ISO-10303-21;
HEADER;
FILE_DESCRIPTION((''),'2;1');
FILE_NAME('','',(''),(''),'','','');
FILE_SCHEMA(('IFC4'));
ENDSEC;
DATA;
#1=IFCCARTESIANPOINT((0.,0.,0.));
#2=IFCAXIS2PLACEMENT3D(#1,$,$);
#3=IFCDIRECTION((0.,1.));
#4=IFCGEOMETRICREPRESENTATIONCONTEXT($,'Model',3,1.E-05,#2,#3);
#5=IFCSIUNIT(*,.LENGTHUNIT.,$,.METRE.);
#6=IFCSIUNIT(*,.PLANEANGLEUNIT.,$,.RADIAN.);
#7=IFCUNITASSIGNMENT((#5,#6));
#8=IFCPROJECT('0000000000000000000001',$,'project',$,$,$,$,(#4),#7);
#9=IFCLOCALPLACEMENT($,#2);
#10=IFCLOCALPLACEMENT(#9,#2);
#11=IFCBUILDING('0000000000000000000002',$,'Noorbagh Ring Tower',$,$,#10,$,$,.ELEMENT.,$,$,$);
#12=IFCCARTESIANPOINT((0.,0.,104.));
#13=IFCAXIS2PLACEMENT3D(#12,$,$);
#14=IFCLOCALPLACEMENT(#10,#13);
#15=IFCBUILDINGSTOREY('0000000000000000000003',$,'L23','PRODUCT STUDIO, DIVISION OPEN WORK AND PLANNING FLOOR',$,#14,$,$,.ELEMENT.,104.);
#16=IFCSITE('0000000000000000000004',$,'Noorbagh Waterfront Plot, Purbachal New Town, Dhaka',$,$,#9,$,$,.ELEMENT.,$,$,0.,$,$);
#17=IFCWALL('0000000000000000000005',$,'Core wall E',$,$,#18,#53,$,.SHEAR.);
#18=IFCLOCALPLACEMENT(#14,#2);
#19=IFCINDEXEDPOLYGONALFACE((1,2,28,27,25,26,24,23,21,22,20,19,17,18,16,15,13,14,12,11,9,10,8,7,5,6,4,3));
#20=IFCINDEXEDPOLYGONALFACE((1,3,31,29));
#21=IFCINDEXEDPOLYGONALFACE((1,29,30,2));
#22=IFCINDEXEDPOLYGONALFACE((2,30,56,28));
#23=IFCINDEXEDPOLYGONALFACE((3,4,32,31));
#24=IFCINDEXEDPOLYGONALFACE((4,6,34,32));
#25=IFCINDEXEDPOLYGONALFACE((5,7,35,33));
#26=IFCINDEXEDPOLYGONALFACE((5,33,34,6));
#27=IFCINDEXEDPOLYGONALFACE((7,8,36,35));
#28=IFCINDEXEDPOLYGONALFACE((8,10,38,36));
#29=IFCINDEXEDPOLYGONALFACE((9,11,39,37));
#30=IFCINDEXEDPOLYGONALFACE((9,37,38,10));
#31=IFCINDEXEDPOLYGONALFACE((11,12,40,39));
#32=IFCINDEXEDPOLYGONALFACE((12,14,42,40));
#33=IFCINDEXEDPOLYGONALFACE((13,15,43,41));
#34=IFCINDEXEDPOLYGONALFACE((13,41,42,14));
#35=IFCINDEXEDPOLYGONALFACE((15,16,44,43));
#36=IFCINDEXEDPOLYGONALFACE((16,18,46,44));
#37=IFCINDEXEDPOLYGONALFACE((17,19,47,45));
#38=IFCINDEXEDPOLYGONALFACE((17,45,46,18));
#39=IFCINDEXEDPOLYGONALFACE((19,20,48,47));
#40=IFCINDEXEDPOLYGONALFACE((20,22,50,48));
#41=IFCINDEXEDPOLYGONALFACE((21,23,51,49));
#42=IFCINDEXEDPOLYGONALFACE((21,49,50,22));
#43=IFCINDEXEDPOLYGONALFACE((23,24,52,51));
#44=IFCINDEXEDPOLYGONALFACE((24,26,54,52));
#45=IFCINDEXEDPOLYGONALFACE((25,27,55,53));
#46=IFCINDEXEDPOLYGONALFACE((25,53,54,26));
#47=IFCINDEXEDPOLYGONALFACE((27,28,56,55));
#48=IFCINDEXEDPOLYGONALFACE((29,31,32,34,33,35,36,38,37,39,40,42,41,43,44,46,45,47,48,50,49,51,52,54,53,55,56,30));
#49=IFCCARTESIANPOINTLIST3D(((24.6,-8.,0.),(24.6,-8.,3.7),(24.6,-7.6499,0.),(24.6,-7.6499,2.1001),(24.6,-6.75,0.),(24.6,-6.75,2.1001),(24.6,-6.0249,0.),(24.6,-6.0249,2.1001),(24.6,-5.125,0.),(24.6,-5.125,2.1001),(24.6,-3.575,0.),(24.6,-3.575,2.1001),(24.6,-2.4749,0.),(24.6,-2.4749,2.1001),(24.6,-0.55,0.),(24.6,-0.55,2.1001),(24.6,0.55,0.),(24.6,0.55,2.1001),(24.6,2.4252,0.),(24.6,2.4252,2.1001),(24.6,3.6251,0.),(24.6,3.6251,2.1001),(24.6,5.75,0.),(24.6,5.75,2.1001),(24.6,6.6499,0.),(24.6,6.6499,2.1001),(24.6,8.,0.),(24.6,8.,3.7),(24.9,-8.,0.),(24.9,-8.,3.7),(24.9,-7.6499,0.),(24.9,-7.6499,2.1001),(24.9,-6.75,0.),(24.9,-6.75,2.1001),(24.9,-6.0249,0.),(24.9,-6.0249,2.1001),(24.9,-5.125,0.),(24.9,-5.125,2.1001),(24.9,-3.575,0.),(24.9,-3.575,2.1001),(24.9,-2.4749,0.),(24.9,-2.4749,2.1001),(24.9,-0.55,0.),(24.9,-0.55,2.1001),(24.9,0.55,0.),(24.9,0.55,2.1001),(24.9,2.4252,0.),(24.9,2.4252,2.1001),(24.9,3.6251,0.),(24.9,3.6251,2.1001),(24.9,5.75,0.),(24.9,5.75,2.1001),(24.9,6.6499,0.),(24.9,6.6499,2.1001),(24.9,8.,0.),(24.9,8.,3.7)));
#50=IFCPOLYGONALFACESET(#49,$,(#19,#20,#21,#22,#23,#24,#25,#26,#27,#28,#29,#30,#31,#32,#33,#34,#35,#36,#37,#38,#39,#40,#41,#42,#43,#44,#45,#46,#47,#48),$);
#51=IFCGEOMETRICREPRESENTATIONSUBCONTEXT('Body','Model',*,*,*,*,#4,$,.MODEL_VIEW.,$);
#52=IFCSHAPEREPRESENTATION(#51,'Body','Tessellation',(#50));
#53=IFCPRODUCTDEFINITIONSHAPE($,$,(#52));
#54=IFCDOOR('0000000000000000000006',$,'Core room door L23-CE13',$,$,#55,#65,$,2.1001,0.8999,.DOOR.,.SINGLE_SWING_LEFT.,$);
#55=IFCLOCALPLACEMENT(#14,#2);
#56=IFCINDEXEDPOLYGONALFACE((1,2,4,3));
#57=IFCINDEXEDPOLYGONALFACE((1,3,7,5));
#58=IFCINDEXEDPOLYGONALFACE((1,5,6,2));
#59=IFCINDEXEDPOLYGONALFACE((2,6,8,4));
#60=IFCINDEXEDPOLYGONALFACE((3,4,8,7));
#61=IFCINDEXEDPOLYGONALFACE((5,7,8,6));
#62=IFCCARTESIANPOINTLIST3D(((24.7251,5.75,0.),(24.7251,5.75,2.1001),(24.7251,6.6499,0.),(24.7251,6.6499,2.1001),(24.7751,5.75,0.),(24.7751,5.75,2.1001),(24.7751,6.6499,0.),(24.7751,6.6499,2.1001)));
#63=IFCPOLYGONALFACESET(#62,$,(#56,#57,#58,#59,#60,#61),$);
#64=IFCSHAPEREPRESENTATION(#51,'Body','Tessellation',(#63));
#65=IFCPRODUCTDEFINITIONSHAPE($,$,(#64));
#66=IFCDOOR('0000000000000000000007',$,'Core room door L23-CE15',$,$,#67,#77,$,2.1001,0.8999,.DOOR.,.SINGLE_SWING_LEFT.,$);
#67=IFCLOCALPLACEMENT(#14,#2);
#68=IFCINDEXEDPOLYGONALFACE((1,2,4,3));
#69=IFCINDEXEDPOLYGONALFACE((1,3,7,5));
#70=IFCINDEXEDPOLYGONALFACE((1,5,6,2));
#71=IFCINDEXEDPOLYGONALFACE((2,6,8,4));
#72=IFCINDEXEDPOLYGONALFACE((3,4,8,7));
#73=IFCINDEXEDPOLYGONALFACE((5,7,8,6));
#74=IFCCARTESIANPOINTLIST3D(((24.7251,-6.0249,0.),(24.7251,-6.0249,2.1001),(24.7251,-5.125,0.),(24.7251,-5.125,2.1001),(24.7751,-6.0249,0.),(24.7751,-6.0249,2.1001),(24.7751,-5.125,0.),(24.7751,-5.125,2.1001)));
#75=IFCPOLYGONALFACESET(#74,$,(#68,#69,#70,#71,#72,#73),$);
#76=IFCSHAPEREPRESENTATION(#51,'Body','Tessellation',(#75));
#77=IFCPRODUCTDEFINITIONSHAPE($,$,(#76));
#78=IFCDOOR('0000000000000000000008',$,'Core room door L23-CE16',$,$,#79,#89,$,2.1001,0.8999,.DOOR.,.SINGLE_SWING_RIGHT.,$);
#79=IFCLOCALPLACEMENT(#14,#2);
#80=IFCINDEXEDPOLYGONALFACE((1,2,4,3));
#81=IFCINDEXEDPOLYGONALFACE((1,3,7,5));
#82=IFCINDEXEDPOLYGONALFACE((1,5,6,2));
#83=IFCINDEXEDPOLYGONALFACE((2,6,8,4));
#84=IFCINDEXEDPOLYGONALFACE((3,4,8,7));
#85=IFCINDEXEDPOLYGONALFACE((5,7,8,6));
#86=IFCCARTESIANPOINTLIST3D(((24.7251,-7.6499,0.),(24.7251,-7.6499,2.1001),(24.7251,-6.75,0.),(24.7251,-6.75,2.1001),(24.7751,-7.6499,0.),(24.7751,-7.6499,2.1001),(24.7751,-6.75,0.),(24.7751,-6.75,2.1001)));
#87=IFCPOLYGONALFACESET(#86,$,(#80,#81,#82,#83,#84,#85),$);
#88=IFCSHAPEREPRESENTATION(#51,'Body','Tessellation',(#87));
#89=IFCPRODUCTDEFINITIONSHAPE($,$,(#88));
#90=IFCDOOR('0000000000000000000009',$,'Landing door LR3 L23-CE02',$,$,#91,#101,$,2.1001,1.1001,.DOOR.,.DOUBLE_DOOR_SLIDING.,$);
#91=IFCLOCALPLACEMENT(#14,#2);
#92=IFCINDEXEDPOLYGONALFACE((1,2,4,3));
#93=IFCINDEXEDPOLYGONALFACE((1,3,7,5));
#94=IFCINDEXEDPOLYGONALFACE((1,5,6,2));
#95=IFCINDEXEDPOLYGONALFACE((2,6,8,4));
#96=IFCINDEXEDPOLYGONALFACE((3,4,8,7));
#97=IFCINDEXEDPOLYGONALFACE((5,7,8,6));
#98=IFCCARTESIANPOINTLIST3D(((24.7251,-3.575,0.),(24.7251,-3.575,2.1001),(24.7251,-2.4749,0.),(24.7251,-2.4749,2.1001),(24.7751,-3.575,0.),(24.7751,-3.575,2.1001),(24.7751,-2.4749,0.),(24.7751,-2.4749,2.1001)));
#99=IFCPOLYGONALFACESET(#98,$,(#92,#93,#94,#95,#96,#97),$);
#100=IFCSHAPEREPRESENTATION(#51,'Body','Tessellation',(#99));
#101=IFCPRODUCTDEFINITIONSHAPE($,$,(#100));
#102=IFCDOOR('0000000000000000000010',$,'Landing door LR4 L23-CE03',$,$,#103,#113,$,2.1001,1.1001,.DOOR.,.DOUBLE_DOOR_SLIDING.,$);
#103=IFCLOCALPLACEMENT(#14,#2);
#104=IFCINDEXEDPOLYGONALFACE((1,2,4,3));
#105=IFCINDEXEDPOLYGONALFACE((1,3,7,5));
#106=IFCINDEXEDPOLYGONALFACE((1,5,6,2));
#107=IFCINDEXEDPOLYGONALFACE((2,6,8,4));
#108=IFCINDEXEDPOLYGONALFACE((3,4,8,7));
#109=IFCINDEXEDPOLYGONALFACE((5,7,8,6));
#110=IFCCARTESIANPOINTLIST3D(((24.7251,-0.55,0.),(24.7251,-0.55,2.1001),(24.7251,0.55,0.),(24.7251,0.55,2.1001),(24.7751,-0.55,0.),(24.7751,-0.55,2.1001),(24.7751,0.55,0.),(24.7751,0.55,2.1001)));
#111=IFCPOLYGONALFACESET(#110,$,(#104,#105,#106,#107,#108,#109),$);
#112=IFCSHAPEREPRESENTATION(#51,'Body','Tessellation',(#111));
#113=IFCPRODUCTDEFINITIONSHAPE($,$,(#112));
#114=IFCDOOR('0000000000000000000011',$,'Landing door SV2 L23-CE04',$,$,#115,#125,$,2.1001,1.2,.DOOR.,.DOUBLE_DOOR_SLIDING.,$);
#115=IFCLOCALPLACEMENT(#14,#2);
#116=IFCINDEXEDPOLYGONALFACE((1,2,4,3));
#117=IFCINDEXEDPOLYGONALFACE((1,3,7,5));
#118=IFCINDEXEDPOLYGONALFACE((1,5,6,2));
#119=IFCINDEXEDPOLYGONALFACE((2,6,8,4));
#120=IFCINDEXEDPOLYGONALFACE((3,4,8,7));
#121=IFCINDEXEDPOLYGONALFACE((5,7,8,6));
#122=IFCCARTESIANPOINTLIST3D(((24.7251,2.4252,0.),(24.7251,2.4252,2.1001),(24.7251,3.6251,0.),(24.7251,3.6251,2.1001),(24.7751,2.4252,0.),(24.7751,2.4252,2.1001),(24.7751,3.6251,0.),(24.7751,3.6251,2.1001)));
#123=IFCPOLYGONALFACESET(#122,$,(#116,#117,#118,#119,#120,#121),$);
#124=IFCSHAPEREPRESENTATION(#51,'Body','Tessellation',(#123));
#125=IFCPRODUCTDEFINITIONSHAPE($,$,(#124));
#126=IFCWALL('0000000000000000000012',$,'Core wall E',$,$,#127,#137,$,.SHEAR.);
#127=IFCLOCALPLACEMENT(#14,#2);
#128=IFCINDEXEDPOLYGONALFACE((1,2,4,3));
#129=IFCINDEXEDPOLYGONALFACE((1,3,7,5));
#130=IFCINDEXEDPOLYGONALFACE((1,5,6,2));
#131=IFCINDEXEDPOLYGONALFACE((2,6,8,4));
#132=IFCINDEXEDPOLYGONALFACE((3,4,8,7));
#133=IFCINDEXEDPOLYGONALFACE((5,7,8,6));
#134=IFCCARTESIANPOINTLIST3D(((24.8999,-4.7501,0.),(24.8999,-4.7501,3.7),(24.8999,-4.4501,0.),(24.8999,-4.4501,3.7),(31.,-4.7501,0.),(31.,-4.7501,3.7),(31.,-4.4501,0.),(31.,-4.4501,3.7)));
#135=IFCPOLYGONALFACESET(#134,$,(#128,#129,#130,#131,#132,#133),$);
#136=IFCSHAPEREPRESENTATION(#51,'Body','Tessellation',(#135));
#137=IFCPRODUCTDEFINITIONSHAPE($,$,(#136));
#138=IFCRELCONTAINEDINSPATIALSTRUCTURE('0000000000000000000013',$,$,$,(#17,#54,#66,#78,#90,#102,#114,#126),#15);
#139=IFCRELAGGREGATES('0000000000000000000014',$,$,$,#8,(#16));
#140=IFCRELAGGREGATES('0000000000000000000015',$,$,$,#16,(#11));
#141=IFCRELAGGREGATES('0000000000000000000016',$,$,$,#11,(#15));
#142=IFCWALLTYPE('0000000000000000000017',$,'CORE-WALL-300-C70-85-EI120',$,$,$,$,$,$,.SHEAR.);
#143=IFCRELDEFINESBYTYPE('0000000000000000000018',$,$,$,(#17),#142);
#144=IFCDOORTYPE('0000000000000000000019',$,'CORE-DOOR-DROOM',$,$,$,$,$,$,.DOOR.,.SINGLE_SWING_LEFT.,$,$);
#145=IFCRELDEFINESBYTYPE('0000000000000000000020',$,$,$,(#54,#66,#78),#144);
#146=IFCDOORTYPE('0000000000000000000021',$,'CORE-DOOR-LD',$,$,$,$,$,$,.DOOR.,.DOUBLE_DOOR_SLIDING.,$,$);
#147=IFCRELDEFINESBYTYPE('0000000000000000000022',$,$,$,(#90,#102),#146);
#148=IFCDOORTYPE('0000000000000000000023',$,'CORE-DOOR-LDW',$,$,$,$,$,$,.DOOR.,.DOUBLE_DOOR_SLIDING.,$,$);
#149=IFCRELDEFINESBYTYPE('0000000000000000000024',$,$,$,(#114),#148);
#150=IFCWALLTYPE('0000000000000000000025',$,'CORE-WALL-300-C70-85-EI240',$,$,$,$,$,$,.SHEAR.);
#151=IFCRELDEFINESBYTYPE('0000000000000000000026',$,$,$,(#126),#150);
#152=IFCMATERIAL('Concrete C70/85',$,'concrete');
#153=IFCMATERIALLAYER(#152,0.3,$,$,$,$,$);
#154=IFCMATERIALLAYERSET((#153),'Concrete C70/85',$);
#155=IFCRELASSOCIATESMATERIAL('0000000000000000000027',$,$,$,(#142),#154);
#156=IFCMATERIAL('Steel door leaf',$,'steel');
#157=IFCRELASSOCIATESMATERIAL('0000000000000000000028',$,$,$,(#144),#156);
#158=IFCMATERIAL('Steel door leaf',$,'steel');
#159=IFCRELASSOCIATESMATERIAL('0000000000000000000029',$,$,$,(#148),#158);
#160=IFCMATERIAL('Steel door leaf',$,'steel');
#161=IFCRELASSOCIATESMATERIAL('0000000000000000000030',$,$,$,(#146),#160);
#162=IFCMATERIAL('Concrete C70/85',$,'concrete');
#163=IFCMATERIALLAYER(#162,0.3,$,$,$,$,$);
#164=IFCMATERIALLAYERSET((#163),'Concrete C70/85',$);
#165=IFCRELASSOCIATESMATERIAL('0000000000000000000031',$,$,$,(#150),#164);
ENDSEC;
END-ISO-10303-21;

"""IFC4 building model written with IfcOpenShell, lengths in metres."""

from ifc_helpers import new_model, si_unit, direction, frame, frame_2d, origin, place, context, subcontext, project, spatial, rectangle, extrude, material, layer, layer_set, type_object, element, fill, save


model = new_model("IFC4")

# Units and contexts
model_context = context("Model", 3, precision=1e-05, world=origin(), true_north=direction((0.0, 1.0)))
body_context = subcontext(model_context, "Body", "Model", "MODEL_VIEW")
ifc_project = project(units=[si_unit("LENGTHUNIT", "METRE"), si_unit("PLANEANGLEUNIT", "RADIAN")], contexts=[model_context])

# Site, building, storey
site_placement = place(None, origin())
site = spatial("IfcSite", under=ifc_project, at=site_placement, Name="Noorbagh Waterfront Plot, Purbachal New Town, Dhaka", CompositionType="ELEMENT", RefElevation=0.0)
building_placement = place(site_placement, origin())
building = spatial("IfcBuilding", under=site, at=building_placement, Name="Noorbagh Ring Tower", CompositionType="ELEMENT")
storey_placement = place(building_placement, frame((0.0, 0.0, 104.0)))
storey = spatial("IfcBuildingStorey", under=building, at=storey_placement, Name="L23", Description="PRODUCT STUDIO, DIVISION OPEN WORK AND PLANNING FLOOR", CompositionType="ELEMENT", Elevation=104.0)

# Shared definitions
ifc_material_1 = material(Name="Concrete C70/85", Category="concrete")
ifc_layer_1 = layer(ifc_material_1, 0.3)
ifc_layer_set_1 = layer_set([ifc_layer_1], Name="Concrete C70/85")
wall_type_1 = type_object("IfcWallType", Name="CORE-WALL-300-C70-85-EI120", PredefinedType="SHEAR", material=ifc_layer_set_1)

# Wall, openings, doors
ifc_material_2 = material(Name="Steel door leaf", Category="steel")
door_type_1 = type_object("IfcDoorType", Name="CORE-DOOR-DROOM", OperationType="SINGLE_SWING_LEFT", PredefinedType="DOOR", material=ifc_material_2)
ifc_material_3 = material(Name="Steel door leaf", Category="steel")
door_type_2 = type_object("IfcDoorType", Name="CORE-DOOR-LDW", OperationType="DOUBLE_DOOR_SLIDING", PredefinedType="DOOR", material=ifc_material_3)
wall_1_placement = place(storey_placement, frame((24.75, -8.0, 0.0), z_axis=(0.0, 0.0, 1.0), x_axis=(0.0, 1.0, 0.0)))
wall_1 = element("IfcWall", 1, at=wall_1_placement, inside=storey, type_object=wall_type_1, Name="Core wall E", PredefinedType="SHEAR", context=body_context, shape_type="SweptSolid", body=[
    extrude(rectangle(XDim=16.0, YDim=0.3, at=frame_2d((8.0, 0.0))), origin(), (0.0, 0.0, 1.0), 3.7),
])
opening_1_placement = place(wall_1_placement, frame((4.425, 0.0, 0.0)))
opening_1 = element("IfcOpeningElement", 2, at=opening_1_placement, cuts=wall_1, PredefinedType="OPENING", context=body_context, shape_type="SweptSolid", body=[
    extrude(rectangle(XDim=1.1001, YDim=2.1001, at=frame_2d((0.55, 1.05))), frame((0.0, 0.1602, 0.0), z_axis=(0.0, -1.0, 0.0), x_axis=(1.0, 0.0, 0.0)), (0.0, 0.0, 1.0), 0.3201),
])
opening_2_placement = place(wall_1_placement, frame((7.45, 0.0, 0.0)))
opening_2 = element("IfcOpeningElement", 3, at=opening_2_placement, cuts=wall_1, PredefinedType="OPENING", context=body_context, shape_type="SweptSolid", body=[
    extrude(rectangle(XDim=1.1001, YDim=2.1001, at=frame_2d((0.55, 1.05))), frame((0.0, 0.1602, 0.0), z_axis=(0.0, -1.0, 0.0), x_axis=(1.0, 0.0, 0.0)), (0.0, 0.0, 1.0), 0.3201),
])
opening_3_placement = place(wall_1_placement, frame((10.425, 0.0, 0.0)))
opening_3 = element("IfcOpeningElement", 4, at=opening_3_placement, cuts=wall_1, PredefinedType="OPENING", context=body_context, shape_type="SweptSolid", body=[
    extrude(rectangle(XDim=1.2, YDim=2.1001, at=frame_2d((0.6001, 1.05))), frame((0.0, 0.1602, 0.0), z_axis=(0.0, -1.0, 0.0), x_axis=(1.0, 0.0, 0.0)), (0.0, 0.0, 1.0), 0.3201),
])
opening_4_placement = place(wall_1_placement, frame((13.75, 0.0, 0.0)))
opening_4 = element("IfcOpeningElement", 5, at=opening_4_placement, cuts=wall_1, PredefinedType="OPENING", context=body_context, shape_type="SweptSolid", body=[
    extrude(rectangle(XDim=0.8999, YDim=2.1001, at=frame_2d((0.45, 1.05))), frame((0.0, 0.1602, 0.0), z_axis=(0.0, -1.0, 0.0), x_axis=(1.0, 0.0, 0.0)), (0.0, 0.0, 1.0), 0.3201),
])
opening_5_placement = place(wall_1_placement, frame((1.9751, 0.0, 0.0)))
opening_5 = element("IfcOpeningElement", 6, at=opening_5_placement, cuts=wall_1, PredefinedType="OPENING", context=body_context, shape_type="SweptSolid", body=[
    extrude(rectangle(XDim=0.8999, YDim=2.1001, at=frame_2d((0.45, 1.05))), frame((0.0, 0.1602, 0.0), z_axis=(0.0, -1.0, 0.0), x_axis=(1.0, 0.0, 0.0)), (0.0, 0.0, 1.0), 0.3201),
])
opening_6_placement = place(wall_1_placement, frame((0.3501, 0.0, 0.0)))
opening_6 = element("IfcOpeningElement", 7, at=opening_6_placement, cuts=wall_1, PredefinedType="OPENING", context=body_context, shape_type="SweptSolid", body=[
    extrude(rectangle(XDim=0.8999, YDim=2.1001, at=frame_2d((0.45, 1.05))), frame((0.0, 0.1602, 0.0), z_axis=(0.0, -1.0, 0.0), x_axis=(1.0, 0.0, 0.0)), (0.0, 0.0, 1.0), 0.3201),
])
door_1_placement = place(opening_4_placement, origin())
door_1 = element("IfcDoor", 8, at=door_1_placement, inside=storey, type_object=door_type_1, Name="Core room door L23-CE13", OperationType="SINGLE_SWING_LEFT", OverallHeight=2.1001, OverallWidth=0.8999, PredefinedType="DOOR", context=body_context, shape_type="SweptSolid", body=[
    extrude(rectangle(XDim=0.8999, YDim=2.1001, at=frame_2d((0.45, 1.05))), frame((0.0, 0.0249, 0.0), z_axis=(0.0, -1.0, 0.0), x_axis=(1.0, 0.0, 0.0)), (0.0, 0.0, 1.0), 0.05),
])
fill(opening_4, door_1)
door_2_placement = place(opening_5_placement, origin())
door_2 = element("IfcDoor", 9, at=door_2_placement, inside=storey, type_object=door_type_1, Name="Core room door L23-CE15", OperationType="SINGLE_SWING_LEFT", OverallHeight=2.1001, OverallWidth=0.8999, PredefinedType="DOOR", context=body_context, shape_type="SweptSolid", body=[
    extrude(rectangle(XDim=0.8999, YDim=2.1001, at=frame_2d((0.45, 1.05))), frame((0.0, 0.0249, 0.0), z_axis=(0.0, -1.0, 0.0), x_axis=(1.0, 0.0, 0.0)), (0.0, 0.0, 1.0), 0.05),
])
fill(opening_5, door_2)
door_3_placement = place(opening_6_placement, origin())
door_3 = element("IfcDoor", 10, at=door_3_placement, inside=storey, type_object=door_type_1, Name="Core room door L23-CE16", OperationType="SINGLE_SWING_RIGHT", OverallHeight=2.1001, OverallWidth=0.8999, PredefinedType="DOOR", context=body_context, shape_type="SweptSolid", body=[
    extrude(rectangle(XDim=0.8999, YDim=2.1001, at=frame_2d((0.45, 1.05))), frame((0.0, 0.0249, 0.0), z_axis=(0.0, -1.0, 0.0), x_axis=(1.0, 0.0, 0.0)), (0.0, 0.0, 1.0), 0.05),
])
fill(opening_6, door_3)
ifc_material_4 = material(Name="Steel door leaf", Category="steel")
door_type_3 = type_object("IfcDoorType", Name="CORE-DOOR-LD", OperationType="DOUBLE_DOOR_SLIDING", PredefinedType="DOOR", material=ifc_material_4)
door_4_placement = place(opening_1_placement, origin())
door_4 = element("IfcDoor", 11, at=door_4_placement, inside=storey, type_object=door_type_3, Name="Landing door LR3 L23-CE02", OperationType="DOUBLE_DOOR_SLIDING", OverallHeight=2.1001, OverallWidth=1.1001, PredefinedType="DOOR", context=body_context, shape_type="SweptSolid", body=[
    extrude(rectangle(XDim=1.1001, YDim=2.1001, at=frame_2d((0.55, 1.05))), frame((0.0, 0.0249, 0.0), z_axis=(0.0, -1.0, 0.0), x_axis=(1.0, 0.0, 0.0)), (0.0, 0.0, 1.0), 0.05),
])
fill(opening_1, door_4)
door_5_placement = place(opening_2_placement, origin())
door_5 = element("IfcDoor", 12, at=door_5_placement, inside=storey, type_object=door_type_3, Name="Landing door LR4 L23-CE03", OperationType="DOUBLE_DOOR_SLIDING", OverallHeight=2.1001, OverallWidth=1.1001, PredefinedType="DOOR", context=body_context, shape_type="SweptSolid", body=[
    extrude(rectangle(XDim=1.1001, YDim=2.1001, at=frame_2d((0.55, 1.05))), frame((0.0, 0.0249, 0.0), z_axis=(0.0, -1.0, 0.0), x_axis=(1.0, 0.0, 0.0)), (0.0, 0.0, 1.0), 0.05),
])
fill(opening_2, door_5)
door_6_placement = place(opening_3_placement, origin())
door_6 = element("IfcDoor", 13, at=door_6_placement, inside=storey, type_object=door_type_2, Name="Landing door SV2 L23-CE04", OperationType="DOUBLE_DOOR_SLIDING", OverallHeight=2.1001, OverallWidth=1.2, PredefinedType="DOOR", context=body_context, shape_type="SweptSolid", body=[
    extrude(rectangle(XDim=1.2, YDim=2.1001, at=frame_2d((0.6001, 1.05))), frame((0.0, 0.0249, 0.0), z_axis=(0.0, -1.0, 0.0), x_axis=(1.0, 0.0, 0.0)), (0.0, 0.0, 1.0), 0.05),
])
fill(opening_3, door_6)

# Wall
ifc_material_5 = material(Name="Concrete C70/85", Category="concrete")
ifc_layer_2 = layer(ifc_material_5, 0.3)
ifc_layer_set_2 = layer_set([ifc_layer_2], Name="Concrete C70/85")
wall_type_2 = type_object("IfcWallType", Name="CORE-WALL-300-C70-85-EI240", PredefinedType="SHEAR", material=ifc_layer_set_2)
wall_2_placement = place(storey_placement, frame((24.8999, -4.6001, 0.0), z_axis=(0.0, 0.0, 1.0), x_axis=(1.0, 0.0, 0.0)))
element("IfcWall", 14, at=wall_2_placement, inside=storey, type_object=wall_type_2, Name="Core wall E", PredefinedType="SHEAR", context=body_context, shape_type="SweptSolid", body=[
    extrude(rectangle(XDim=6.1001, YDim=0.3, at=frame_2d((3.05, 0.0))), origin(), (0.0, 0.0, 1.0), 3.7),
])

save(model, "model.ifc")
